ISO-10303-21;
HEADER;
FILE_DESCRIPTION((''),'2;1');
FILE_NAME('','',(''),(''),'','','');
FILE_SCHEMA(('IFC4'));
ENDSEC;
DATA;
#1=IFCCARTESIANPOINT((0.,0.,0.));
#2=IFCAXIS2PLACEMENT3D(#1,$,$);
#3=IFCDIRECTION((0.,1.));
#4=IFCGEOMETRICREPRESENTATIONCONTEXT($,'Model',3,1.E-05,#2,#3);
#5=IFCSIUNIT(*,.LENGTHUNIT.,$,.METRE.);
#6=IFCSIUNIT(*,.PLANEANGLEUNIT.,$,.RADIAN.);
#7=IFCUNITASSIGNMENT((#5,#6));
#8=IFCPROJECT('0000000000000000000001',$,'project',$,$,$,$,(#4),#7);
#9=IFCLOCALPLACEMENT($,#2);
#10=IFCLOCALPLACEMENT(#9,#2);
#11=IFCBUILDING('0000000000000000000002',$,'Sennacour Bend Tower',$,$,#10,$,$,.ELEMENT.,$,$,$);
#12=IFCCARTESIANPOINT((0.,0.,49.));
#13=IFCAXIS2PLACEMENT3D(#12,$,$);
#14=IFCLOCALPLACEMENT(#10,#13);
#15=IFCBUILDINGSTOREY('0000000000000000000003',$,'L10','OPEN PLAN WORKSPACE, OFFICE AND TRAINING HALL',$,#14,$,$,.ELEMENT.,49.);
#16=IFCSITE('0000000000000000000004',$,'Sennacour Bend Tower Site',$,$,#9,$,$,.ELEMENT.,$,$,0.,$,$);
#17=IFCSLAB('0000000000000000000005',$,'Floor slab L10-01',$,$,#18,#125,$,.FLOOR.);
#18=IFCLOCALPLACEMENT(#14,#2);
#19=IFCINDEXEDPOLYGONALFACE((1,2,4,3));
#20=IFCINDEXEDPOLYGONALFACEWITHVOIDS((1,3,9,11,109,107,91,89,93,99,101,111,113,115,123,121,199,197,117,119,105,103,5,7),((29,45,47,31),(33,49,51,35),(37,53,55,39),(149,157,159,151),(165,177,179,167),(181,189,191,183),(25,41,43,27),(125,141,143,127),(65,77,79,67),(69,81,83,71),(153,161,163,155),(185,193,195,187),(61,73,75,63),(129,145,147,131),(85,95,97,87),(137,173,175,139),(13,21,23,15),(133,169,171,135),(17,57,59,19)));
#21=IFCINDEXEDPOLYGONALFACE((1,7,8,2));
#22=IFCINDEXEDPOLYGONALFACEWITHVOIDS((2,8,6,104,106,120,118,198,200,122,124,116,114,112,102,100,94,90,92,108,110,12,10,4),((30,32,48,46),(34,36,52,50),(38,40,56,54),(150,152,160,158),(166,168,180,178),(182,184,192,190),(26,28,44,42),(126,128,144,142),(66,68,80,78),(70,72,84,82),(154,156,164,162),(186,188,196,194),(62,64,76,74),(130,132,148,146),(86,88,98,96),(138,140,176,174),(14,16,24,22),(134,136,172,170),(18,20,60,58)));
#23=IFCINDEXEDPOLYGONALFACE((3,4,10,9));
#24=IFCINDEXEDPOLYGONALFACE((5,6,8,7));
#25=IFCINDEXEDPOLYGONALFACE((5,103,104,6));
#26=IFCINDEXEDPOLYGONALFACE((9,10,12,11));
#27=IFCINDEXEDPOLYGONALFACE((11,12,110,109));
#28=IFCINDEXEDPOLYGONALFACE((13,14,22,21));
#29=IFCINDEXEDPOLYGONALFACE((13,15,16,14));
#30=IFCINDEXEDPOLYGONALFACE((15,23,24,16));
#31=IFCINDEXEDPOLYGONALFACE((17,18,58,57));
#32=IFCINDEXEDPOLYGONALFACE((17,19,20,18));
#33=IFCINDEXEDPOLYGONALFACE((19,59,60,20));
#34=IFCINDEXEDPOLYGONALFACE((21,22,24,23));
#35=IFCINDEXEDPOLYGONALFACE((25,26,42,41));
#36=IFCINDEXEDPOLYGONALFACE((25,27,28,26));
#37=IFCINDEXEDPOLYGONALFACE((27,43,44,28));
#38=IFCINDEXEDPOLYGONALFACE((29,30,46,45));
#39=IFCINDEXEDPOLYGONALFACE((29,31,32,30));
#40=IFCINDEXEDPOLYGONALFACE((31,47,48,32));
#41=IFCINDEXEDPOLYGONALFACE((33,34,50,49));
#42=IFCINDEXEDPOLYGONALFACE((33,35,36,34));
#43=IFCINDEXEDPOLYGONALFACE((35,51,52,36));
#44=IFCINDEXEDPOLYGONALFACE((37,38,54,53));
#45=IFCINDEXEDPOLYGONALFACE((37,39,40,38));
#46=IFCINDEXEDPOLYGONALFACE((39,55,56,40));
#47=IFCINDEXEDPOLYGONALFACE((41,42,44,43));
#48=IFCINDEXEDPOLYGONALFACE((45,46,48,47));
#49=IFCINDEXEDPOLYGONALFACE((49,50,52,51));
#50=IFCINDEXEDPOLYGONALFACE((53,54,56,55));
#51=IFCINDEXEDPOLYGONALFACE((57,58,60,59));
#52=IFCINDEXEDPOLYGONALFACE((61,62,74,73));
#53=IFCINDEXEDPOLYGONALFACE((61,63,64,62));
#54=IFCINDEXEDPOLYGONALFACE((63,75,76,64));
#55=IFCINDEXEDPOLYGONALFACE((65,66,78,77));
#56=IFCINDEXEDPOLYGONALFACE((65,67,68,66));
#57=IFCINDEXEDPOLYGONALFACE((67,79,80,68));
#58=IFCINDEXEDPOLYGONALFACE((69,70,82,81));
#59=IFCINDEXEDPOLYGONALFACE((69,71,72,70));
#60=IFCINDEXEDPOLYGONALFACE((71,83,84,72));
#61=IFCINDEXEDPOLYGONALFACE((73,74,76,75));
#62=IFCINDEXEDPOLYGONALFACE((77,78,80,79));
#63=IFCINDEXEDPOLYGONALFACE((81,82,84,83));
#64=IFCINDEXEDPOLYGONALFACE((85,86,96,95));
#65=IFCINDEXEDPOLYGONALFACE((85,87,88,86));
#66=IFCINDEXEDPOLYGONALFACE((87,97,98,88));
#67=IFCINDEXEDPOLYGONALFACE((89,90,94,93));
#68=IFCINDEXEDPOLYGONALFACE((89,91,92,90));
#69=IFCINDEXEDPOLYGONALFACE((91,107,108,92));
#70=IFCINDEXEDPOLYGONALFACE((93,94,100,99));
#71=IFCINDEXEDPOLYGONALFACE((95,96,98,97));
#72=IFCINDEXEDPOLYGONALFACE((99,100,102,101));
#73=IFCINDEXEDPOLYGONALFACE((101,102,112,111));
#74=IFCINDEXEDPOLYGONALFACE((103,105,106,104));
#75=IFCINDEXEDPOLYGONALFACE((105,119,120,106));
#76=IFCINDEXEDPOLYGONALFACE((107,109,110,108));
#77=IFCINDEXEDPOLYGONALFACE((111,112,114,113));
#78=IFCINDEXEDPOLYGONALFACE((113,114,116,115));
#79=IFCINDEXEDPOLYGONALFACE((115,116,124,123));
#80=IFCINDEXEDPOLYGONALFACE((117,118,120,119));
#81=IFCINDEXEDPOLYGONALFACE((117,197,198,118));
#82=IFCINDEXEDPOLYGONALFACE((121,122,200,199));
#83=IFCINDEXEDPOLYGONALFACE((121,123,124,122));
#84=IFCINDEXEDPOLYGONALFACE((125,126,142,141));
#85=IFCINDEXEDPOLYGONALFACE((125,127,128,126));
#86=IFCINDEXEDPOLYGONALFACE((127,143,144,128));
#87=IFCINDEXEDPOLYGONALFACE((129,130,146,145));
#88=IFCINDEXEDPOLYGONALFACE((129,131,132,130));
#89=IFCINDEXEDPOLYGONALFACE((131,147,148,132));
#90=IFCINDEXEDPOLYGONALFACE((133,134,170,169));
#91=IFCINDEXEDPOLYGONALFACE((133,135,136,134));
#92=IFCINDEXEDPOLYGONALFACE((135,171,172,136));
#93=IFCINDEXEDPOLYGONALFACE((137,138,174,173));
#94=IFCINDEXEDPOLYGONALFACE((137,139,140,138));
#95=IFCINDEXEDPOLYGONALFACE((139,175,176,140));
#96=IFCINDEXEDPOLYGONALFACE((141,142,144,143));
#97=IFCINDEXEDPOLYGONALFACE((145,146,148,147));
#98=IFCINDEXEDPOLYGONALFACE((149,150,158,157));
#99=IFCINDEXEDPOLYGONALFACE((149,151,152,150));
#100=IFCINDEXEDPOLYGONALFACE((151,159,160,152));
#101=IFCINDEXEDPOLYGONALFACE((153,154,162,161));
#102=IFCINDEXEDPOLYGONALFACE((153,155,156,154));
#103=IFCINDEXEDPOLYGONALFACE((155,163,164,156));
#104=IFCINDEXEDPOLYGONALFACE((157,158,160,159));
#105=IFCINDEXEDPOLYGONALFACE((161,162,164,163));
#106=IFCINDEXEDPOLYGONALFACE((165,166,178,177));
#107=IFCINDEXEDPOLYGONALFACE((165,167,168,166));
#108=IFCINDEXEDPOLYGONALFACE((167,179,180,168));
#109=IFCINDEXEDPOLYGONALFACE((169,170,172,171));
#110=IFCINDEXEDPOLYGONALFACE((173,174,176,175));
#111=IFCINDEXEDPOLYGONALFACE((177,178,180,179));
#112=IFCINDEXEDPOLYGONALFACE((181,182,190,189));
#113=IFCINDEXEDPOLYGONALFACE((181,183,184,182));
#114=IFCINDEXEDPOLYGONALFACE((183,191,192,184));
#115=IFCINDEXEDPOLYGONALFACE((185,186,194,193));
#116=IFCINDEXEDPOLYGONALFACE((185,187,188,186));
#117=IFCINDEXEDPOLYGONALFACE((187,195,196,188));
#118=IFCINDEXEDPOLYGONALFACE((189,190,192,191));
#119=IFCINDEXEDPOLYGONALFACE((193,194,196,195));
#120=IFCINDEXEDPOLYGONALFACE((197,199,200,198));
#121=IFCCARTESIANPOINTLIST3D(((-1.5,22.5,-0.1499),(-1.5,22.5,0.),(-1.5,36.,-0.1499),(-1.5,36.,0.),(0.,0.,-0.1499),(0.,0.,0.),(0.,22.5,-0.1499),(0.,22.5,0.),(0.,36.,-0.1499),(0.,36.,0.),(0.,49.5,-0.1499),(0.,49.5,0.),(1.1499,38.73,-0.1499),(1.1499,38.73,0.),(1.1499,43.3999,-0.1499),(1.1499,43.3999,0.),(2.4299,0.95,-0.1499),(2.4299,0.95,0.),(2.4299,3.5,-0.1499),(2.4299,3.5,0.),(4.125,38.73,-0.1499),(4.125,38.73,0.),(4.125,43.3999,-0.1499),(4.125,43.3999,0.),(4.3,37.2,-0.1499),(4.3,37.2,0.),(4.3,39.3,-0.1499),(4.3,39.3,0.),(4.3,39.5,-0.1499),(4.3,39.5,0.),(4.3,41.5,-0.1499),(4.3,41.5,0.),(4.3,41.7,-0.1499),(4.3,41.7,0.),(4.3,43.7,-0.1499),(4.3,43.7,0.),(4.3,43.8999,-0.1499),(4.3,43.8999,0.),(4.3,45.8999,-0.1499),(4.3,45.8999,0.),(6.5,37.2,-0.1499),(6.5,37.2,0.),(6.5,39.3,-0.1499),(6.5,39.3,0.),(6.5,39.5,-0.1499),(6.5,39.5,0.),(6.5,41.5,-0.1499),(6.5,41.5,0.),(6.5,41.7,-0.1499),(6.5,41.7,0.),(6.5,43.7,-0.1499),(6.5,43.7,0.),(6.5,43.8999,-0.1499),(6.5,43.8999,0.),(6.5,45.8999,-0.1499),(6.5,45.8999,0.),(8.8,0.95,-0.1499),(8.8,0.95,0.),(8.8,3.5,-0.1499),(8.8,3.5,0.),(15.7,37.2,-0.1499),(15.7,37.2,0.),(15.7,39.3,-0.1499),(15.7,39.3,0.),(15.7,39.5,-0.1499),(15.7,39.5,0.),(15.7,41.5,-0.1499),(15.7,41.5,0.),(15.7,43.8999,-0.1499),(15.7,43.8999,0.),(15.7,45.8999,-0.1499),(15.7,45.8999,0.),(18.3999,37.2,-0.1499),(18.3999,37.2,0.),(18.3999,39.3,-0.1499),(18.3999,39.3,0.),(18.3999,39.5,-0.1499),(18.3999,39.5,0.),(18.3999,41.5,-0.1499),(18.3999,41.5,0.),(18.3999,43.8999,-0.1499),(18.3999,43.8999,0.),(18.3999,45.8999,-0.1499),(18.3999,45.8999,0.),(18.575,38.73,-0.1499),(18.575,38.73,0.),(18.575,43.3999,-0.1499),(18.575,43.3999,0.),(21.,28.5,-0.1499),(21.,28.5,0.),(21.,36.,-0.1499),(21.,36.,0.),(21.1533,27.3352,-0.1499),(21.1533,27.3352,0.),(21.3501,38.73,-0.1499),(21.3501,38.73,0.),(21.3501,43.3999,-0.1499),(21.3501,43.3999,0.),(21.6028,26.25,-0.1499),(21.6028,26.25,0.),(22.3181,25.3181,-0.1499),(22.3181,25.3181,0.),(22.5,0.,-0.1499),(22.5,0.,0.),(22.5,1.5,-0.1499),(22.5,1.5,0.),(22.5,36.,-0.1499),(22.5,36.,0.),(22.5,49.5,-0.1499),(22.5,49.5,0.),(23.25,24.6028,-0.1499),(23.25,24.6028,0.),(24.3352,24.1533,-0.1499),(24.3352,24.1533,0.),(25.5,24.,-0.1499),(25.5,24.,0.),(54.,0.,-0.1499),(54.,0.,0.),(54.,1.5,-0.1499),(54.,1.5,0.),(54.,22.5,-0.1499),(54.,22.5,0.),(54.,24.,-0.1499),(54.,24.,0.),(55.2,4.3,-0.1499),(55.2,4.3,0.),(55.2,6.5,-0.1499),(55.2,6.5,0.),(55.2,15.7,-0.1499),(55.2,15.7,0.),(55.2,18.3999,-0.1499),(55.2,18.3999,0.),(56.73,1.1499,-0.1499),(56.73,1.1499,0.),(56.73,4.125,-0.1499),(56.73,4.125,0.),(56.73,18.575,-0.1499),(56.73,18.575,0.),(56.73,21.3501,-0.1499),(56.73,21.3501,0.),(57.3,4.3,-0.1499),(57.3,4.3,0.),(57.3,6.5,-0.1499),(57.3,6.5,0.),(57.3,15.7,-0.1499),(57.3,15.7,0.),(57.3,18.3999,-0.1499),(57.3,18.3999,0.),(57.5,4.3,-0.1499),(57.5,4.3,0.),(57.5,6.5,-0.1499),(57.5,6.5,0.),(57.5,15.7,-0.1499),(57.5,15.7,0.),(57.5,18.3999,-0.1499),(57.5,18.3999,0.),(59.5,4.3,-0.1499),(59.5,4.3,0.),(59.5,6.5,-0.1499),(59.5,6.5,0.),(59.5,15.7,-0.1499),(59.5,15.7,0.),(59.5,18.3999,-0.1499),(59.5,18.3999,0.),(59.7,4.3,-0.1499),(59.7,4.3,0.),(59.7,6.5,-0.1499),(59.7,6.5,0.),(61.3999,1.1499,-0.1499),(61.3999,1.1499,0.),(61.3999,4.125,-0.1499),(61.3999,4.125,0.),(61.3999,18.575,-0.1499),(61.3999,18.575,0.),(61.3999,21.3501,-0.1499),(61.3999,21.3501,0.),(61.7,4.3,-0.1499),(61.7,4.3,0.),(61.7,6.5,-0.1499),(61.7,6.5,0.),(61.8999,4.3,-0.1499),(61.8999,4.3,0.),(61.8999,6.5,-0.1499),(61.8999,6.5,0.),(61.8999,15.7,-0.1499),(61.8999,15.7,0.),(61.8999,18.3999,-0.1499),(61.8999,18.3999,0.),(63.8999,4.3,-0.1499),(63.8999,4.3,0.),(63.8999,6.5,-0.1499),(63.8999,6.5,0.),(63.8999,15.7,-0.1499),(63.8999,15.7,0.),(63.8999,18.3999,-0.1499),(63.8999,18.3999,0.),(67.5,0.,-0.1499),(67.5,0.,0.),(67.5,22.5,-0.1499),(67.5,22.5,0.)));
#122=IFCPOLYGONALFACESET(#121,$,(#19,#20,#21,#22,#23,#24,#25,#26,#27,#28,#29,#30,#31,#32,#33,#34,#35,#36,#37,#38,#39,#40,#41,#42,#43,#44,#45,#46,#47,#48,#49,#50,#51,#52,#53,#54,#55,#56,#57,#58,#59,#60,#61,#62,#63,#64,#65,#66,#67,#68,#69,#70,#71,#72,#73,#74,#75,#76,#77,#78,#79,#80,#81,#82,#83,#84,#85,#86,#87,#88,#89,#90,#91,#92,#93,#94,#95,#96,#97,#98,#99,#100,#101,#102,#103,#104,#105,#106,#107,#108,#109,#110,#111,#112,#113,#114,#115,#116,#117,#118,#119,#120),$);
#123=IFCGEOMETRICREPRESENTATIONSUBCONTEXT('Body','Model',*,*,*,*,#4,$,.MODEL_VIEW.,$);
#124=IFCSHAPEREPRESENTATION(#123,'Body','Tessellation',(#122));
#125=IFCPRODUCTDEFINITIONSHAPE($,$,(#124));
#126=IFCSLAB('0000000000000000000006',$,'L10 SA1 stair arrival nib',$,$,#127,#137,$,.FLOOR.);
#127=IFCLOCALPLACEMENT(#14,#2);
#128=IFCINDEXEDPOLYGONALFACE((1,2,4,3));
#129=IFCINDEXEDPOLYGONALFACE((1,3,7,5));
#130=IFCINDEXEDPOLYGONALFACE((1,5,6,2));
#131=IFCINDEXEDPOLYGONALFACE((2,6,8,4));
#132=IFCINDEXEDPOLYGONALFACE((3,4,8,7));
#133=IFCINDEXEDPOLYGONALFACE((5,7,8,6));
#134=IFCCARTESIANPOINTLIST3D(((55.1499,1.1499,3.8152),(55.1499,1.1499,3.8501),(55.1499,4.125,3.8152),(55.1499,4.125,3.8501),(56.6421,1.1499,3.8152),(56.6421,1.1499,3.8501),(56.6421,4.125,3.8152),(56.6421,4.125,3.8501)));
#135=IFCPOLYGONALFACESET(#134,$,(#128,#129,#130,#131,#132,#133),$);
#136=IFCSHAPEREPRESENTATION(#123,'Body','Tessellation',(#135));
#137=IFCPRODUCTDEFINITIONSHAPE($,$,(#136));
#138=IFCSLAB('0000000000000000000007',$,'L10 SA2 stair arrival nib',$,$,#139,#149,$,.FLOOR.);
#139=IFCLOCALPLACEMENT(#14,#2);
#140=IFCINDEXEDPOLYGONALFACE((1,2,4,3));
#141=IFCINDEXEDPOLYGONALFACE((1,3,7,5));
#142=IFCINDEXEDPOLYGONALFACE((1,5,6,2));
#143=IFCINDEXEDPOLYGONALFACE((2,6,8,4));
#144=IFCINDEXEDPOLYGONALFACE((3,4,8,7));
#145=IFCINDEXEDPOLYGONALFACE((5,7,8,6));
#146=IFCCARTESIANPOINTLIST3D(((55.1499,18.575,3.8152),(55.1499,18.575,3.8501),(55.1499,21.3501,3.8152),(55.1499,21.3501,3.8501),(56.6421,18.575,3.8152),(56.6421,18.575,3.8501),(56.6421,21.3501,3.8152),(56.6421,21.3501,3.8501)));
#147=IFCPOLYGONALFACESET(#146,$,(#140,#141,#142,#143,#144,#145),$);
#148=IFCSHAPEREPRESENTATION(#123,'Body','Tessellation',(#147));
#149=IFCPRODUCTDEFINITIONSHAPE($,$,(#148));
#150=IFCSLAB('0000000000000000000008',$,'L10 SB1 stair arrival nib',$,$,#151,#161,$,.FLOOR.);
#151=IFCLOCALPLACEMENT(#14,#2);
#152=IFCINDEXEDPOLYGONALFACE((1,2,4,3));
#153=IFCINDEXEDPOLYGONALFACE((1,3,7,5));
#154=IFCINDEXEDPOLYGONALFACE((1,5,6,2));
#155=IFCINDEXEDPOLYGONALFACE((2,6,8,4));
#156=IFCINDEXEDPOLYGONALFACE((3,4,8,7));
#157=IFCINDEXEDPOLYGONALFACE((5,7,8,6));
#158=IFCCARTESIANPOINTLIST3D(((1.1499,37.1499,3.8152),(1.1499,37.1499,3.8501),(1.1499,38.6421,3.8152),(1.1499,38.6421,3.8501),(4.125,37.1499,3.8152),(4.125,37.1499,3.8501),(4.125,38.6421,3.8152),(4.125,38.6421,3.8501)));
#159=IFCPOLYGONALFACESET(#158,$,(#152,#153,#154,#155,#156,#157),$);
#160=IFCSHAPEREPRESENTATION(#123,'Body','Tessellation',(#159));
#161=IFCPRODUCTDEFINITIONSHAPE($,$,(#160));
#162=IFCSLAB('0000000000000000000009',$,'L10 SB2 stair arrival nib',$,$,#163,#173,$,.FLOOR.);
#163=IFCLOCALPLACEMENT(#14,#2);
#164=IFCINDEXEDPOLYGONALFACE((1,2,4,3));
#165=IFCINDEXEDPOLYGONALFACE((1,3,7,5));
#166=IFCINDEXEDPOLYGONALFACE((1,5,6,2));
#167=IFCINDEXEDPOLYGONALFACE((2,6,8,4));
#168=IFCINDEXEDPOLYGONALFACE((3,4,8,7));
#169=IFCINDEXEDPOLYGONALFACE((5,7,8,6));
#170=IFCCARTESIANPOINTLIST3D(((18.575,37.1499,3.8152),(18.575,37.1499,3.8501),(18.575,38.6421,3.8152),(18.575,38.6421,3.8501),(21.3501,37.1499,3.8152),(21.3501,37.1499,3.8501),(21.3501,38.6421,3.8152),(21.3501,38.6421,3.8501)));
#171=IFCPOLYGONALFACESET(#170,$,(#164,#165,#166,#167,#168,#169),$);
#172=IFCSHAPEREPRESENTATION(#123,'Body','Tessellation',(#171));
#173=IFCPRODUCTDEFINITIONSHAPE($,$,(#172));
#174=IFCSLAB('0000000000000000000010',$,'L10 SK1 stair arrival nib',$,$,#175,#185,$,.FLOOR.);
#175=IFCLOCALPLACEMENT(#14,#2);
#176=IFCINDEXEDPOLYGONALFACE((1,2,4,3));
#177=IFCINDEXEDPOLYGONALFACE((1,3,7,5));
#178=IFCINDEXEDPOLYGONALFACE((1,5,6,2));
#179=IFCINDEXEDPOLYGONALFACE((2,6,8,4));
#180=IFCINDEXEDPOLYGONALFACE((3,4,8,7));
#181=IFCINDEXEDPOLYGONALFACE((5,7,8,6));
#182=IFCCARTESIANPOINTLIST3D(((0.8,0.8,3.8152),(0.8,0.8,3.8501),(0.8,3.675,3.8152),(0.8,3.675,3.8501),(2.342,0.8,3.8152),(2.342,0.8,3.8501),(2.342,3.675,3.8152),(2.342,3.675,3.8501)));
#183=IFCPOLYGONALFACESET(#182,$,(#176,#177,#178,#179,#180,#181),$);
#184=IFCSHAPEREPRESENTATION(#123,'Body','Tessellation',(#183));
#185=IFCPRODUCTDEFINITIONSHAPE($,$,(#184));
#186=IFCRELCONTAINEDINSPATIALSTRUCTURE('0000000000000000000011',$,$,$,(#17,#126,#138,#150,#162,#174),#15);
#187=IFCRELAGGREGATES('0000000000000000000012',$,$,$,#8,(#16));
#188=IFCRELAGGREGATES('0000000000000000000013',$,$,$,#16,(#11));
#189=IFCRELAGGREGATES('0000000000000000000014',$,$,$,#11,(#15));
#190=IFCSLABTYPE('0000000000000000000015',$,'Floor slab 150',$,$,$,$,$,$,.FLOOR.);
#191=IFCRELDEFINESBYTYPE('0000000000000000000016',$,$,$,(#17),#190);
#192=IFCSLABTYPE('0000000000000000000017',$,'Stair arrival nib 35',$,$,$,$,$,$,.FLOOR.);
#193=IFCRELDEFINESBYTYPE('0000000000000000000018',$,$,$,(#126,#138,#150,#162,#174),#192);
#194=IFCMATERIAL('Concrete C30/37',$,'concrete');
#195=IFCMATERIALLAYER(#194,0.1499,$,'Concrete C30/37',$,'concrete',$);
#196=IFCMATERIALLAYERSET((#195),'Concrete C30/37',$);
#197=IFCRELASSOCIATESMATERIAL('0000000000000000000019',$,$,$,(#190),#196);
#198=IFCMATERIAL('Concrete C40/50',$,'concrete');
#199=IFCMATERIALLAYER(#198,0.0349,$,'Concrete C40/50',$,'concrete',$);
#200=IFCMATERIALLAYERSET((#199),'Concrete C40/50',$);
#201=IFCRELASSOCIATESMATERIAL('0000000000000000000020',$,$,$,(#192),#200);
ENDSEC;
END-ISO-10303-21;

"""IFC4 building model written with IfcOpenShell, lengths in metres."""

from ifc_helpers import new_model, si_unit, direction, frame, origin, place, context, subcontext, project, spatial, polyline, outline, extrude, material, layer, layer_set, type_object, element, save


model = new_model("IFC4")

# Units and contexts
model_context = context("Model", 3, precision=1e-05, world=origin(), true_north=direction((0.0, 1.0)))
body_context = subcontext(model_context, "Body", "Model", "MODEL_VIEW")
ifc_project = project(units=[si_unit("LENGTHUNIT", "METRE"), si_unit("PLANEANGLEUNIT", "RADIAN")], contexts=[model_context])

# Site, building, storey
site_placement = place(None, origin())
site = spatial("IfcSite", under=ifc_project, at=site_placement, Name="Sennacour Bend Tower Site", CompositionType="ELEMENT", RefElevation=0.0)
building_placement = place(site_placement, origin())
building = spatial("IfcBuilding", under=site, at=building_placement, Name="Sennacour Bend Tower", CompositionType="ELEMENT")
storey_placement = place(building_placement, frame((0.0, 0.0, 49.0)))
storey = spatial("IfcBuildingStorey", under=building, at=storey_placement, Name="L10", Description="OPEN PLAN WORKSPACE, OFFICE AND TRAINING HALL", CompositionType="ELEMENT", Elevation=49.0)

# Slabs
ifc_material_1 = material(Name="Concrete C30/37", Category="concrete")
ifc_layer_1 = layer(ifc_material_1, 0.1499, Name="Concrete C30/37", Category="concrete")
ifc_layer_set_1 = layer_set([ifc_layer_1], Name="Concrete C30/37")
slab_type_1 = type_object("IfcSlabType", Name="Floor slab 150", PredefinedType="FLOOR", material=ifc_layer_set_1)
slab_1_placement = place(storey_placement, frame((0.0, 0.0, -0.1499)))
element("IfcSlab", 1, at=slab_1_placement, inside=storey, type_object=slab_type_1, Name="Floor slab L10-01", PredefinedType="FLOOR", context=body_context, shape_type="SweptSolid", body=[
    extrude(outline(polyline([(0.0, 22.5), (-1.5, 22.5), (-1.5, 36.0), (0.0, 36.0), (0.0, 49.5), (22.5, 49.5), (22.5, 36.0), (21.0, 36.0), (21.0, 28.5), (21.1533, 27.3352), (21.6028, 26.25), (22.3181, 25.3181), (23.25, 24.6028), (24.3352, 24.1533), (25.5, 24.0), (54.0, 24.0), (54.0, 22.5), (67.5, 22.5), (67.5, 0.0), (54.0, 0.0), (54.0, 1.5), (22.5, 1.5), (22.5, 0.0), (0.0, 0.0), (0.0, 22.5)]), holes=[polyline([(8.8, 0.95), (8.8, 3.5), (2.4299, 3.5), (2.4299, 0.95), (8.8, 0.95)]), polyline([(6.5, 37.2), (6.5, 39.3), (4.3, 39.3), (4.3, 37.2), (6.5, 37.2)]), polyline([(18.3999, 37.2), (18.3999, 39.3), (15.7, 39.3), (15.7, 37.2), (18.3999, 37.2)]), polyline([(6.5, 39.5), (6.5, 41.5), (4.3, 41.5), (4.3, 39.5), (6.5, 39.5)]), polyline([(18.3999, 39.5), (18.3999, 41.5), (15.7, 41.5), (15.7, 39.5), (18.3999, 39.5)]), polyline([(4.125, 38.73), (4.125, 43.3999), (1.1499, 43.3999), (1.1499, 38.73), (4.125, 38.73)]), polyline([(21.3501, 38.73), (21.3501, 43.3999), (18.575, 43.3999), (18.575, 38.73), (21.3501, 38.73)]), polyline([(4.3, 41.7), (6.5, 41.7), (6.5, 43.7), (4.3, 43.7), (4.3, 41.7)]), polyline([(4.3, 43.8999), (6.5, 43.8999), (6.5, 45.8999), (4.3, 45.8999), (4.3, 43.8999)]), polyline([(18.3999, 43.8999), (18.3999, 45.8999), (15.7, 45.8999), (15.7, 43.8999), (18.3999, 43.8999)]), polyline([(61.3999, 1.1499), (61.3999, 4.125), (56.73, 4.125), (56.73, 1.1499), (61.3999, 1.1499)]), polyline([(57.3, 4.3), (57.3, 6.5), (55.2, 6.5), (55.2, 4.3), (57.3, 4.3)]), polyline([(57.5, 4.3), (59.5, 4.3), (59.5, 6.5), (57.5, 6.5), (57.5, 4.3)]), polyline([(59.7, 4.3), (61.7, 4.3), (61.7, 6.5), (59.7, 6.5), (59.7, 4.3)]), polyline([(63.8999, 4.3), (63.8999, 6.5), (61.8999, 6.5), (61.8999, 4.3), (63.8999, 4.3)]), polyline([(57.3, 15.7), (57.3, 18.3999), (55.2, 18.3999), (55.2, 15.7), (57.3, 15.7)]), polyline([(59.5, 15.7), (59.5, 18.3999), (57.5, 18.3999), (57.5, 15.7), (59.5, 15.7)]), polyline([(61.8999, 15.7), (63.8999, 15.7), (63.8999, 18.3999), (61.8999, 18.3999), (61.8999, 15.7)]), polyline([(56.73, 18.575), (61.3999, 18.575), (61.3999, 21.3501), (56.73, 21.3501), (56.73, 18.575)])]), origin(), (0.0, 0.0, 1.0), 0.1499),
])
ifc_material_2 = material(Name="Concrete C40/50", Category="concrete")
ifc_layer_2 = layer(ifc_material_2, 0.0349, Name="Concrete C40/50", Category="concrete")
ifc_layer_set_2 = layer_set([ifc_layer_2], Name="Concrete C40/50")
slab_type_2 = type_object("IfcSlabType", Name="Stair arrival nib 35", PredefinedType="FLOOR", material=ifc_layer_set_2)
slab_2_placement = place(storey_placement, frame((0.0, 0.0, 3.8152)))
element("IfcSlab", 2, at=slab_2_placement, inside=storey, type_object=slab_type_2, Name="L10 SA1 stair arrival nib", PredefinedType="FLOOR", context=body_context, shape_type="SweptSolid", body=[
    extrude(outline(polyline([(56.6421, 4.125), (55.1499, 4.125), (55.1499, 1.1499), (56.6421, 1.1499), (56.6421, 4.125)])), origin(), (0.0, 0.0, 1.0), 0.0349),
])
slab_3_placement = place(storey_placement, frame((0.0, 0.0, 3.8152)))
element("IfcSlab", 3, at=slab_3_placement, inside=storey, type_object=slab_type_2, Name="L10 SA2 stair arrival nib", PredefinedType="FLOOR", context=body_context, shape_type="SweptSolid", body=[
    extrude(outline(polyline([(56.6421, 21.3501), (55.1499, 21.3501), (55.1499, 18.575), (56.6421, 18.575), (56.6421, 21.3501)])), origin(), (0.0, 0.0, 1.0), 0.0349),
])
slab_4_placement = place(storey_placement, frame((0.0, 0.0, 3.8152)))
element("IfcSlab", 4, at=slab_4_placement, inside=storey, type_object=slab_type_2, Name="L10 SB1 stair arrival nib", PredefinedType="FLOOR", context=body_context, shape_type="SweptSolid", body=[
    extrude(outline(polyline([(1.1499, 38.6421), (1.1499, 37.1499), (4.125, 37.1499), (4.125, 38.6421), (1.1499, 38.6421)])), origin(), (0.0, 0.0, 1.0), 0.0349),
])
slab_5_placement = place(storey_placement, frame((0.0, 0.0, 3.8152)))
element("IfcSlab", 5, at=slab_5_placement, inside=storey, type_object=slab_type_2, Name="L10 SB2 stair arrival nib", PredefinedType="FLOOR", context=body_context, shape_type="SweptSolid", body=[
    extrude(outline(polyline([(18.575, 38.6421), (18.575, 37.1499), (21.3501, 37.1499), (21.3501, 38.6421), (18.575, 38.6421)])), origin(), (0.0, 0.0, 1.0), 0.0349),
])
slab_6_placement = place(storey_placement, frame((0.0, 0.0, 3.8152)))
element("IfcSlab", 6, at=slab_6_placement, inside=storey, type_object=slab_type_2, Name="L10 SK1 stair arrival nib", PredefinedType="FLOOR", context=body_context, shape_type="SweptSolid", body=[
    extrude(outline(polyline([(2.342, 3.675), (0.8, 3.675), (0.8, 0.8), (2.342, 0.8), (2.342, 3.675)])), origin(), (0.0, 0.0, 1.0), 0.0349),
])

save(model, "model.ifc")
